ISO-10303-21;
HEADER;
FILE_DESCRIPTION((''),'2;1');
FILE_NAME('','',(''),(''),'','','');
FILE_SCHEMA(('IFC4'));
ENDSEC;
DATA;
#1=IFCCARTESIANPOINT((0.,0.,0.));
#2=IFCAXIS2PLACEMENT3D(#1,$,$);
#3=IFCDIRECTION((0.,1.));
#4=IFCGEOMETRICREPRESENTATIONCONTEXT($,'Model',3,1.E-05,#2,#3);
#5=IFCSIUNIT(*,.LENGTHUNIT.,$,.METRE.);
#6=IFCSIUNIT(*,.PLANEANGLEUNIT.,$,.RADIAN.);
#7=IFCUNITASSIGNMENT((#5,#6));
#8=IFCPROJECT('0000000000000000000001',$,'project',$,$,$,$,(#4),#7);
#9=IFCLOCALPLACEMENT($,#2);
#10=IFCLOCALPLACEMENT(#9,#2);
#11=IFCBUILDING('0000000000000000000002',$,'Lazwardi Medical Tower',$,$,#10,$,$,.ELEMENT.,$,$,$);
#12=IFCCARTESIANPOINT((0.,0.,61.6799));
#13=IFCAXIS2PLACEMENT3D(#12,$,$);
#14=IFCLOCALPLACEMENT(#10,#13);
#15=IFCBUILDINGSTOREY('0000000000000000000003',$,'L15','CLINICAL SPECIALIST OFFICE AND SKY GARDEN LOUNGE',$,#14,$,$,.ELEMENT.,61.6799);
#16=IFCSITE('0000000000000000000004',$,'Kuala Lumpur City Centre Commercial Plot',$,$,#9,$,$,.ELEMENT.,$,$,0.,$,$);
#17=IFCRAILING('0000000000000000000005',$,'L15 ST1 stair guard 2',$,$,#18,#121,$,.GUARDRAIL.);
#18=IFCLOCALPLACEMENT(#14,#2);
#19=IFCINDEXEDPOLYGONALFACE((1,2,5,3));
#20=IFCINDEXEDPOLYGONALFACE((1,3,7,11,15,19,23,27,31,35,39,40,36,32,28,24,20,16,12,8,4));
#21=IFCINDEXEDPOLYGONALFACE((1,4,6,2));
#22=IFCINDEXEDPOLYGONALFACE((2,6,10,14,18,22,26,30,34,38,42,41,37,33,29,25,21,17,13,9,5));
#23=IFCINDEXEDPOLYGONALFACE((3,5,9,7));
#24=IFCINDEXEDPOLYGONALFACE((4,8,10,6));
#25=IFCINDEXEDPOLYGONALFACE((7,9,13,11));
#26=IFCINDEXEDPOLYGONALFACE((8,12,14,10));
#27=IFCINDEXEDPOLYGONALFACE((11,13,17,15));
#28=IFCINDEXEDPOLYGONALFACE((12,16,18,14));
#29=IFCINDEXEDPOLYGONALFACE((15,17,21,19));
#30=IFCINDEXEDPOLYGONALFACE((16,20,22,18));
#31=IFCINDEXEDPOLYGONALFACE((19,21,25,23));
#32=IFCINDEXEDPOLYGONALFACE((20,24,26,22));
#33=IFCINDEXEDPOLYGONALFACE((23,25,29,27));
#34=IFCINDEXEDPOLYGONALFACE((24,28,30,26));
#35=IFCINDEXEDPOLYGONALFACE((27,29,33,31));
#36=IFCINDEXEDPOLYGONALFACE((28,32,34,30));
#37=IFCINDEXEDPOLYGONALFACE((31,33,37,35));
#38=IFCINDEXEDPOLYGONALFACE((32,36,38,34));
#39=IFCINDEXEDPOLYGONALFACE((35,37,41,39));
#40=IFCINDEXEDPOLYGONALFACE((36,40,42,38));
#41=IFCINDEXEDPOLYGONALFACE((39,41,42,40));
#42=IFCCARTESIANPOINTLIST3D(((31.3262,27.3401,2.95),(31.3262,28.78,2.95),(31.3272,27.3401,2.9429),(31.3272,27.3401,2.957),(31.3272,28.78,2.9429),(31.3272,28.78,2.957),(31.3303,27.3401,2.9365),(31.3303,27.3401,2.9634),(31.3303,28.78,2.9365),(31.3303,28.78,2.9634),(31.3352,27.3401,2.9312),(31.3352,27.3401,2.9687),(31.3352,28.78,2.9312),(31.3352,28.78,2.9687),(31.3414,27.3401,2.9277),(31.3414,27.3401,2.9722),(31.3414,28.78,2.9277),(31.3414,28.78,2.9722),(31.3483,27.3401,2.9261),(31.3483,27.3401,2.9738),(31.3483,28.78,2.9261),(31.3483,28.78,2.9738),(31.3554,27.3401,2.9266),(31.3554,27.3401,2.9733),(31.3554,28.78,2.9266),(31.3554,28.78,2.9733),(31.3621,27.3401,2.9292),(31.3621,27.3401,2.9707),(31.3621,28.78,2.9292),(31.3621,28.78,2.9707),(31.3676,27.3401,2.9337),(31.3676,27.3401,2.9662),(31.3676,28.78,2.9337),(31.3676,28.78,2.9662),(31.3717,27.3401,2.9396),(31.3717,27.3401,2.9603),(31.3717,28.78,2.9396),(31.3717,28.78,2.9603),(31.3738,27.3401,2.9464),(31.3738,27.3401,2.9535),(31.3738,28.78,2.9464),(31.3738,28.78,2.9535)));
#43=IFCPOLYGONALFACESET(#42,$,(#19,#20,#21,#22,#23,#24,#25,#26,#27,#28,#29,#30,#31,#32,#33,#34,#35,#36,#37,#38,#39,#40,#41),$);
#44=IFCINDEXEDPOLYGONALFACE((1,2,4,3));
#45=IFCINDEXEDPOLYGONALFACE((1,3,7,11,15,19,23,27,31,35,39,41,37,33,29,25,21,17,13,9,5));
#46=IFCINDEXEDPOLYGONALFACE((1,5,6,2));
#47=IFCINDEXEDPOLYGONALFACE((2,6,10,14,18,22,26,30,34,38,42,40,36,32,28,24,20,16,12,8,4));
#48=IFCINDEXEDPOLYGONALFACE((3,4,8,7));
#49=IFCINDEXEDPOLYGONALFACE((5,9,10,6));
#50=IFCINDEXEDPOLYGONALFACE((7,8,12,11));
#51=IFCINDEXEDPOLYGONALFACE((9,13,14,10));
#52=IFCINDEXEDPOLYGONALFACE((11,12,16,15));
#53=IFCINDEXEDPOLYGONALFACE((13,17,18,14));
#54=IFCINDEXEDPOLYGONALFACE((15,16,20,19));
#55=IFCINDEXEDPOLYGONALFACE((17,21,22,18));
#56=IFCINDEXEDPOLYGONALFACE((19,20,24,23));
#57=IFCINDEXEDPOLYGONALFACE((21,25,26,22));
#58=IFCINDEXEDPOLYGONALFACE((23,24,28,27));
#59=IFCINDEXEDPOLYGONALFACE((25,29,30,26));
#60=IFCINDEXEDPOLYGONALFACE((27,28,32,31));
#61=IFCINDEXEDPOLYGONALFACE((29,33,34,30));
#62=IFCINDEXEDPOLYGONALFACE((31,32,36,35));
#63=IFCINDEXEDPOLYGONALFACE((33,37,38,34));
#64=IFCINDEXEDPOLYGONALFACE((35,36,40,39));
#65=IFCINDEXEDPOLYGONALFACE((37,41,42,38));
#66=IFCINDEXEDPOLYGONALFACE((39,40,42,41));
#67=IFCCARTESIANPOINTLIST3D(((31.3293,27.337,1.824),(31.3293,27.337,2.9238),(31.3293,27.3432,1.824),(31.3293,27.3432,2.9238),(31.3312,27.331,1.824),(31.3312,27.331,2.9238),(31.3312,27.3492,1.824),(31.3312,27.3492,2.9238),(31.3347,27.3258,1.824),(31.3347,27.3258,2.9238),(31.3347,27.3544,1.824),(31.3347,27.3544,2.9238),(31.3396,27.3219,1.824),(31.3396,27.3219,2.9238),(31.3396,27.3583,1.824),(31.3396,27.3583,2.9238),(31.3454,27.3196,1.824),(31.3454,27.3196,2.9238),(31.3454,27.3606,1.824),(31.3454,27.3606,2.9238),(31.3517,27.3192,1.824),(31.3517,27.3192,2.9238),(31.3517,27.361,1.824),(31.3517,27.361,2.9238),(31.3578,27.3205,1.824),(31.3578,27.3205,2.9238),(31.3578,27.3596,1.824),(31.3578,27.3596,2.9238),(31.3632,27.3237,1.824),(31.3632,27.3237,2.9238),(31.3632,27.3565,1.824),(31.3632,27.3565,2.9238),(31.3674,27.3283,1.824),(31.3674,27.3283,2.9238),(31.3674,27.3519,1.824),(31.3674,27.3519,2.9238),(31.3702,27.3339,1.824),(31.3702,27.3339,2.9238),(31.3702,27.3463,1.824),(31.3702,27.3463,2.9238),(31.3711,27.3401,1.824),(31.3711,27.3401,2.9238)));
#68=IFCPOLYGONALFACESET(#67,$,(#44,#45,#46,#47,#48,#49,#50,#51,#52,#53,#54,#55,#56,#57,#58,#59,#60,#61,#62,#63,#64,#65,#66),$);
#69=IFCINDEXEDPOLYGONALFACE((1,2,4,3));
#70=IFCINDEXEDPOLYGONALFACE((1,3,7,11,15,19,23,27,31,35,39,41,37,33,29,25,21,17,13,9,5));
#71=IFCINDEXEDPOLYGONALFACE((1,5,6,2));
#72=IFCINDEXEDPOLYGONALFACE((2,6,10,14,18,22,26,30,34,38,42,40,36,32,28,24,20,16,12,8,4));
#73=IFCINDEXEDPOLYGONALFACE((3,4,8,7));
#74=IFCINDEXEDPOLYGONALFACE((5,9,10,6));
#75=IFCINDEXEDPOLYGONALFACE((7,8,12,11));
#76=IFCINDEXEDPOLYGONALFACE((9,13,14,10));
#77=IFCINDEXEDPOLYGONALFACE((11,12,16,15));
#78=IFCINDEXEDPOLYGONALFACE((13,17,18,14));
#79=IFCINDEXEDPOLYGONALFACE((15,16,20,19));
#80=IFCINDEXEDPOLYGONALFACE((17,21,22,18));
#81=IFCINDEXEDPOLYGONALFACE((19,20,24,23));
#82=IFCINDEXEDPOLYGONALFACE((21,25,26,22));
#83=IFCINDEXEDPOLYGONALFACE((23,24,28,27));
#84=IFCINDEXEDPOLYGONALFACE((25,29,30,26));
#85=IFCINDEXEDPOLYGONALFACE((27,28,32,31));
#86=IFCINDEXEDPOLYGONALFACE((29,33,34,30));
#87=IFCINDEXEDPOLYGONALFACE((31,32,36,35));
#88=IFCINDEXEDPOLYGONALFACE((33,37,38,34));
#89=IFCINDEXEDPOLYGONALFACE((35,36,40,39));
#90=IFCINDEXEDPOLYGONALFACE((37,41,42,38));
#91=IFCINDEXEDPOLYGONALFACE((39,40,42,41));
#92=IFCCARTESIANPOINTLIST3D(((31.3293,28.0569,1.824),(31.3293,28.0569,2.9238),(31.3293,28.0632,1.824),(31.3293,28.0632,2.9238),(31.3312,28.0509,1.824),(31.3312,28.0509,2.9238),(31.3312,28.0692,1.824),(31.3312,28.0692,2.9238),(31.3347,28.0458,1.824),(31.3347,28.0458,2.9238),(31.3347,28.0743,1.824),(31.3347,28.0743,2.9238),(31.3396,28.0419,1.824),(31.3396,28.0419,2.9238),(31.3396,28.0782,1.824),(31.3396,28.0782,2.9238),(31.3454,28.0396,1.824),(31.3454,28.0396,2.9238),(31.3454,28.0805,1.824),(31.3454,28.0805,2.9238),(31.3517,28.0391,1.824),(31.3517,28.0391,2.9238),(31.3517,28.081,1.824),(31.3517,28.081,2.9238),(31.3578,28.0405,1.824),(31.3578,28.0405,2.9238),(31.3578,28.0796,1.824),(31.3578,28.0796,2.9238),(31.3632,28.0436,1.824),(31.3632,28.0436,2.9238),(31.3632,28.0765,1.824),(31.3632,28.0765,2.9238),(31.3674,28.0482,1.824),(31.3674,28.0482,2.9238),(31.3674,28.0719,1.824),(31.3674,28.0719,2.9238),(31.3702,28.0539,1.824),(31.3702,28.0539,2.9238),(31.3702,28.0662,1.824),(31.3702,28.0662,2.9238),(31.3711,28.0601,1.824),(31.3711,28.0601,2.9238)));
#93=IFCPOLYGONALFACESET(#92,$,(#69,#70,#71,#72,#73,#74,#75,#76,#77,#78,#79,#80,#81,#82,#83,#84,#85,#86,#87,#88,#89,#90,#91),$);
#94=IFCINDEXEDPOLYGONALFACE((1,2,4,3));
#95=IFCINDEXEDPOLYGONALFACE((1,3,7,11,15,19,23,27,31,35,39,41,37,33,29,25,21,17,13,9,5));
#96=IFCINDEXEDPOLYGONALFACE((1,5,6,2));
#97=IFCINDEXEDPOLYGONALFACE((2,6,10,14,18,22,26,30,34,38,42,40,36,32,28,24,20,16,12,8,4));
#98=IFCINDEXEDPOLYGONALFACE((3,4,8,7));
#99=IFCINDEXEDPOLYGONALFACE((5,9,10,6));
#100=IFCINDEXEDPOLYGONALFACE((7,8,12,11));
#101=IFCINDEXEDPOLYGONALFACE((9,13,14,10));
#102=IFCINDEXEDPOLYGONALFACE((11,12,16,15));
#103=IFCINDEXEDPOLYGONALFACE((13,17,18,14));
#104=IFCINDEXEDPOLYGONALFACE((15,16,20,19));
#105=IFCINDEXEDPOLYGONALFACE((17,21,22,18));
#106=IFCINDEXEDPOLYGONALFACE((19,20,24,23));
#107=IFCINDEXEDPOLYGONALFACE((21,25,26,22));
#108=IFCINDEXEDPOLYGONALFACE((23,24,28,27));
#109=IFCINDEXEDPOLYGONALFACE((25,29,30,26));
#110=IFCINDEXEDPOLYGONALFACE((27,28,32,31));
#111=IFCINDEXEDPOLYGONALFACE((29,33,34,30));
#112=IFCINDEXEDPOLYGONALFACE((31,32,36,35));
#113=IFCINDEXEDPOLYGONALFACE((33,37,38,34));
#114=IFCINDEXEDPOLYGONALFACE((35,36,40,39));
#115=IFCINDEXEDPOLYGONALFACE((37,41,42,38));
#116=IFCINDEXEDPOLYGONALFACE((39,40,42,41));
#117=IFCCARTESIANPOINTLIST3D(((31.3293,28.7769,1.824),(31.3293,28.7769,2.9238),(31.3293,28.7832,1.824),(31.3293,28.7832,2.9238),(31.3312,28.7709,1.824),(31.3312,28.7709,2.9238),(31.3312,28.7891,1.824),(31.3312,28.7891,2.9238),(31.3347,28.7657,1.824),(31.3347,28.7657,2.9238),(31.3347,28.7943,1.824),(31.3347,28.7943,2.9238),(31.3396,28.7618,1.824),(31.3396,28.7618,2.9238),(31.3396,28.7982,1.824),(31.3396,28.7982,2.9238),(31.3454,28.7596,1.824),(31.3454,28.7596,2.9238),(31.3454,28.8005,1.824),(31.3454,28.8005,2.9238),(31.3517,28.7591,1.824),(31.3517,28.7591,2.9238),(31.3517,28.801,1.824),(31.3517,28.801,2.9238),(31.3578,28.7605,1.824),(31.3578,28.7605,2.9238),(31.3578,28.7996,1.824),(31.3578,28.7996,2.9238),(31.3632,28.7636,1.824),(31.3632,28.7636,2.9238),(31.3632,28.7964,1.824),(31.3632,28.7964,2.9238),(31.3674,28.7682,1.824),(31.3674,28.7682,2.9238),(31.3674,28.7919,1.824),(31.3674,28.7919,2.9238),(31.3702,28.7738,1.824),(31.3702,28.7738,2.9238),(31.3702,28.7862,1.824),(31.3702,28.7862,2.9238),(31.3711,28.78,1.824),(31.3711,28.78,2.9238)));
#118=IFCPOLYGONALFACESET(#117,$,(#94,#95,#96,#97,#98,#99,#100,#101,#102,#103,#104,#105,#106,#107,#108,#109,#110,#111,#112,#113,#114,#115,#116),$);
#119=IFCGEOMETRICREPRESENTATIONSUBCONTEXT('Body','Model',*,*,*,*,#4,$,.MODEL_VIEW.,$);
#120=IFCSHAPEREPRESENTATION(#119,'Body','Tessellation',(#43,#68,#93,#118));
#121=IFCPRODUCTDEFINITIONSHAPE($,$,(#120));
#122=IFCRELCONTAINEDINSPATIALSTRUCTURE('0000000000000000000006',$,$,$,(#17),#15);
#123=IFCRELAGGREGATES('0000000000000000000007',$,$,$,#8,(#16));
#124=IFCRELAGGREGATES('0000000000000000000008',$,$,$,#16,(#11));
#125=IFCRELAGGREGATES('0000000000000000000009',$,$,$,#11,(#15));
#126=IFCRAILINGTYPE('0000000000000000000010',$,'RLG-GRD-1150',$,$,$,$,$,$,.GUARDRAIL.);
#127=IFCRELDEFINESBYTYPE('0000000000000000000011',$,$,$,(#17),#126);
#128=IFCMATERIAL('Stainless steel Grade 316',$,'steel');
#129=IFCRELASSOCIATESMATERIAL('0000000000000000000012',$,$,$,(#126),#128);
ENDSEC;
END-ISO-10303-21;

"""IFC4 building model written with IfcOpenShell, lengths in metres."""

from ifc_helpers import new_model, si_unit, direction, frame, origin, origin_2d, place, context, subcontext, project, spatial, circle, extrude, material, type_object, element, save


model = new_model("IFC4")

# Units and contexts
model_context = context("Model", 3, precision=1e-05, world=origin(), true_north=direction((0.0, 1.0)))
body_context = subcontext(model_context, "Body", "Model", "MODEL_VIEW")
ifc_project = project(units=[si_unit("LENGTHUNIT", "METRE"), si_unit("PLANEANGLEUNIT", "RADIAN")], contexts=[model_context])

# Site, building, storey
site_placement = place(None, origin())
site = spatial("IfcSite", under=ifc_project, at=site_placement, Name="Kuala Lumpur City Centre Commercial Plot", CompositionType="ELEMENT", RefElevation=0.0)
building_placement = place(site_placement, origin())
building = spatial("IfcBuilding", under=site, at=building_placement, Name="Lazwardi Medical Tower", CompositionType="ELEMENT")
storey_placement = place(building_placement, frame((0.0, 0.0, 61.6799)))
storey = spatial("IfcBuildingStorey", under=building, at=storey_placement, Name="L15", Description="CLINICAL SPECIALIST OFFICE AND SKY GARDEN LOUNGE", CompositionType="ELEMENT", Elevation=61.6799)

# Railing
ifc_material_1 = material(Name="Stainless steel Grade 316", Category="steel")
railing_type_1 = type_object("IfcRailingType", Name="RLG-GRD-1150", PredefinedType="GUARDRAIL", material=ifc_material_1)
railing_1_placement = place(storey_placement, frame((31.3501, 27.3401, 1.824)))
element("IfcRailing", 1, at=railing_1_placement, inside=storey, type_object=railing_type_1, Name="L15 ST1 stair guard 2", PredefinedType="GUARDRAIL", context=body_context, shape_type="SweptSolid", body=[
    extrude(circle(Radius=0.0239, at=origin_2d()), frame((0.0, 0.0, 1.126), z_axis=(0.0, 1.0, 0.0), x_axis=(-1.0, 0.0, 0.0)), (0.0, 0.0, 1.0), 1.4399),
    extrude(circle(Radius=0.021, at=origin_2d()), origin(), (0.0, 0.0, 1.0), 1.0999),
    extrude(circle(Radius=0.021, at=origin_2d()), frame((0.0, 0.72, 0.0)), (0.0, 0.0, 1.0), 1.0999),
    extrude(circle(Radius=0.021, at=origin_2d()), frame((0.0, 1.4399, 0.0)), (0.0, 0.0, 1.0), 1.0999),
])

save(model, "model.ifc")
